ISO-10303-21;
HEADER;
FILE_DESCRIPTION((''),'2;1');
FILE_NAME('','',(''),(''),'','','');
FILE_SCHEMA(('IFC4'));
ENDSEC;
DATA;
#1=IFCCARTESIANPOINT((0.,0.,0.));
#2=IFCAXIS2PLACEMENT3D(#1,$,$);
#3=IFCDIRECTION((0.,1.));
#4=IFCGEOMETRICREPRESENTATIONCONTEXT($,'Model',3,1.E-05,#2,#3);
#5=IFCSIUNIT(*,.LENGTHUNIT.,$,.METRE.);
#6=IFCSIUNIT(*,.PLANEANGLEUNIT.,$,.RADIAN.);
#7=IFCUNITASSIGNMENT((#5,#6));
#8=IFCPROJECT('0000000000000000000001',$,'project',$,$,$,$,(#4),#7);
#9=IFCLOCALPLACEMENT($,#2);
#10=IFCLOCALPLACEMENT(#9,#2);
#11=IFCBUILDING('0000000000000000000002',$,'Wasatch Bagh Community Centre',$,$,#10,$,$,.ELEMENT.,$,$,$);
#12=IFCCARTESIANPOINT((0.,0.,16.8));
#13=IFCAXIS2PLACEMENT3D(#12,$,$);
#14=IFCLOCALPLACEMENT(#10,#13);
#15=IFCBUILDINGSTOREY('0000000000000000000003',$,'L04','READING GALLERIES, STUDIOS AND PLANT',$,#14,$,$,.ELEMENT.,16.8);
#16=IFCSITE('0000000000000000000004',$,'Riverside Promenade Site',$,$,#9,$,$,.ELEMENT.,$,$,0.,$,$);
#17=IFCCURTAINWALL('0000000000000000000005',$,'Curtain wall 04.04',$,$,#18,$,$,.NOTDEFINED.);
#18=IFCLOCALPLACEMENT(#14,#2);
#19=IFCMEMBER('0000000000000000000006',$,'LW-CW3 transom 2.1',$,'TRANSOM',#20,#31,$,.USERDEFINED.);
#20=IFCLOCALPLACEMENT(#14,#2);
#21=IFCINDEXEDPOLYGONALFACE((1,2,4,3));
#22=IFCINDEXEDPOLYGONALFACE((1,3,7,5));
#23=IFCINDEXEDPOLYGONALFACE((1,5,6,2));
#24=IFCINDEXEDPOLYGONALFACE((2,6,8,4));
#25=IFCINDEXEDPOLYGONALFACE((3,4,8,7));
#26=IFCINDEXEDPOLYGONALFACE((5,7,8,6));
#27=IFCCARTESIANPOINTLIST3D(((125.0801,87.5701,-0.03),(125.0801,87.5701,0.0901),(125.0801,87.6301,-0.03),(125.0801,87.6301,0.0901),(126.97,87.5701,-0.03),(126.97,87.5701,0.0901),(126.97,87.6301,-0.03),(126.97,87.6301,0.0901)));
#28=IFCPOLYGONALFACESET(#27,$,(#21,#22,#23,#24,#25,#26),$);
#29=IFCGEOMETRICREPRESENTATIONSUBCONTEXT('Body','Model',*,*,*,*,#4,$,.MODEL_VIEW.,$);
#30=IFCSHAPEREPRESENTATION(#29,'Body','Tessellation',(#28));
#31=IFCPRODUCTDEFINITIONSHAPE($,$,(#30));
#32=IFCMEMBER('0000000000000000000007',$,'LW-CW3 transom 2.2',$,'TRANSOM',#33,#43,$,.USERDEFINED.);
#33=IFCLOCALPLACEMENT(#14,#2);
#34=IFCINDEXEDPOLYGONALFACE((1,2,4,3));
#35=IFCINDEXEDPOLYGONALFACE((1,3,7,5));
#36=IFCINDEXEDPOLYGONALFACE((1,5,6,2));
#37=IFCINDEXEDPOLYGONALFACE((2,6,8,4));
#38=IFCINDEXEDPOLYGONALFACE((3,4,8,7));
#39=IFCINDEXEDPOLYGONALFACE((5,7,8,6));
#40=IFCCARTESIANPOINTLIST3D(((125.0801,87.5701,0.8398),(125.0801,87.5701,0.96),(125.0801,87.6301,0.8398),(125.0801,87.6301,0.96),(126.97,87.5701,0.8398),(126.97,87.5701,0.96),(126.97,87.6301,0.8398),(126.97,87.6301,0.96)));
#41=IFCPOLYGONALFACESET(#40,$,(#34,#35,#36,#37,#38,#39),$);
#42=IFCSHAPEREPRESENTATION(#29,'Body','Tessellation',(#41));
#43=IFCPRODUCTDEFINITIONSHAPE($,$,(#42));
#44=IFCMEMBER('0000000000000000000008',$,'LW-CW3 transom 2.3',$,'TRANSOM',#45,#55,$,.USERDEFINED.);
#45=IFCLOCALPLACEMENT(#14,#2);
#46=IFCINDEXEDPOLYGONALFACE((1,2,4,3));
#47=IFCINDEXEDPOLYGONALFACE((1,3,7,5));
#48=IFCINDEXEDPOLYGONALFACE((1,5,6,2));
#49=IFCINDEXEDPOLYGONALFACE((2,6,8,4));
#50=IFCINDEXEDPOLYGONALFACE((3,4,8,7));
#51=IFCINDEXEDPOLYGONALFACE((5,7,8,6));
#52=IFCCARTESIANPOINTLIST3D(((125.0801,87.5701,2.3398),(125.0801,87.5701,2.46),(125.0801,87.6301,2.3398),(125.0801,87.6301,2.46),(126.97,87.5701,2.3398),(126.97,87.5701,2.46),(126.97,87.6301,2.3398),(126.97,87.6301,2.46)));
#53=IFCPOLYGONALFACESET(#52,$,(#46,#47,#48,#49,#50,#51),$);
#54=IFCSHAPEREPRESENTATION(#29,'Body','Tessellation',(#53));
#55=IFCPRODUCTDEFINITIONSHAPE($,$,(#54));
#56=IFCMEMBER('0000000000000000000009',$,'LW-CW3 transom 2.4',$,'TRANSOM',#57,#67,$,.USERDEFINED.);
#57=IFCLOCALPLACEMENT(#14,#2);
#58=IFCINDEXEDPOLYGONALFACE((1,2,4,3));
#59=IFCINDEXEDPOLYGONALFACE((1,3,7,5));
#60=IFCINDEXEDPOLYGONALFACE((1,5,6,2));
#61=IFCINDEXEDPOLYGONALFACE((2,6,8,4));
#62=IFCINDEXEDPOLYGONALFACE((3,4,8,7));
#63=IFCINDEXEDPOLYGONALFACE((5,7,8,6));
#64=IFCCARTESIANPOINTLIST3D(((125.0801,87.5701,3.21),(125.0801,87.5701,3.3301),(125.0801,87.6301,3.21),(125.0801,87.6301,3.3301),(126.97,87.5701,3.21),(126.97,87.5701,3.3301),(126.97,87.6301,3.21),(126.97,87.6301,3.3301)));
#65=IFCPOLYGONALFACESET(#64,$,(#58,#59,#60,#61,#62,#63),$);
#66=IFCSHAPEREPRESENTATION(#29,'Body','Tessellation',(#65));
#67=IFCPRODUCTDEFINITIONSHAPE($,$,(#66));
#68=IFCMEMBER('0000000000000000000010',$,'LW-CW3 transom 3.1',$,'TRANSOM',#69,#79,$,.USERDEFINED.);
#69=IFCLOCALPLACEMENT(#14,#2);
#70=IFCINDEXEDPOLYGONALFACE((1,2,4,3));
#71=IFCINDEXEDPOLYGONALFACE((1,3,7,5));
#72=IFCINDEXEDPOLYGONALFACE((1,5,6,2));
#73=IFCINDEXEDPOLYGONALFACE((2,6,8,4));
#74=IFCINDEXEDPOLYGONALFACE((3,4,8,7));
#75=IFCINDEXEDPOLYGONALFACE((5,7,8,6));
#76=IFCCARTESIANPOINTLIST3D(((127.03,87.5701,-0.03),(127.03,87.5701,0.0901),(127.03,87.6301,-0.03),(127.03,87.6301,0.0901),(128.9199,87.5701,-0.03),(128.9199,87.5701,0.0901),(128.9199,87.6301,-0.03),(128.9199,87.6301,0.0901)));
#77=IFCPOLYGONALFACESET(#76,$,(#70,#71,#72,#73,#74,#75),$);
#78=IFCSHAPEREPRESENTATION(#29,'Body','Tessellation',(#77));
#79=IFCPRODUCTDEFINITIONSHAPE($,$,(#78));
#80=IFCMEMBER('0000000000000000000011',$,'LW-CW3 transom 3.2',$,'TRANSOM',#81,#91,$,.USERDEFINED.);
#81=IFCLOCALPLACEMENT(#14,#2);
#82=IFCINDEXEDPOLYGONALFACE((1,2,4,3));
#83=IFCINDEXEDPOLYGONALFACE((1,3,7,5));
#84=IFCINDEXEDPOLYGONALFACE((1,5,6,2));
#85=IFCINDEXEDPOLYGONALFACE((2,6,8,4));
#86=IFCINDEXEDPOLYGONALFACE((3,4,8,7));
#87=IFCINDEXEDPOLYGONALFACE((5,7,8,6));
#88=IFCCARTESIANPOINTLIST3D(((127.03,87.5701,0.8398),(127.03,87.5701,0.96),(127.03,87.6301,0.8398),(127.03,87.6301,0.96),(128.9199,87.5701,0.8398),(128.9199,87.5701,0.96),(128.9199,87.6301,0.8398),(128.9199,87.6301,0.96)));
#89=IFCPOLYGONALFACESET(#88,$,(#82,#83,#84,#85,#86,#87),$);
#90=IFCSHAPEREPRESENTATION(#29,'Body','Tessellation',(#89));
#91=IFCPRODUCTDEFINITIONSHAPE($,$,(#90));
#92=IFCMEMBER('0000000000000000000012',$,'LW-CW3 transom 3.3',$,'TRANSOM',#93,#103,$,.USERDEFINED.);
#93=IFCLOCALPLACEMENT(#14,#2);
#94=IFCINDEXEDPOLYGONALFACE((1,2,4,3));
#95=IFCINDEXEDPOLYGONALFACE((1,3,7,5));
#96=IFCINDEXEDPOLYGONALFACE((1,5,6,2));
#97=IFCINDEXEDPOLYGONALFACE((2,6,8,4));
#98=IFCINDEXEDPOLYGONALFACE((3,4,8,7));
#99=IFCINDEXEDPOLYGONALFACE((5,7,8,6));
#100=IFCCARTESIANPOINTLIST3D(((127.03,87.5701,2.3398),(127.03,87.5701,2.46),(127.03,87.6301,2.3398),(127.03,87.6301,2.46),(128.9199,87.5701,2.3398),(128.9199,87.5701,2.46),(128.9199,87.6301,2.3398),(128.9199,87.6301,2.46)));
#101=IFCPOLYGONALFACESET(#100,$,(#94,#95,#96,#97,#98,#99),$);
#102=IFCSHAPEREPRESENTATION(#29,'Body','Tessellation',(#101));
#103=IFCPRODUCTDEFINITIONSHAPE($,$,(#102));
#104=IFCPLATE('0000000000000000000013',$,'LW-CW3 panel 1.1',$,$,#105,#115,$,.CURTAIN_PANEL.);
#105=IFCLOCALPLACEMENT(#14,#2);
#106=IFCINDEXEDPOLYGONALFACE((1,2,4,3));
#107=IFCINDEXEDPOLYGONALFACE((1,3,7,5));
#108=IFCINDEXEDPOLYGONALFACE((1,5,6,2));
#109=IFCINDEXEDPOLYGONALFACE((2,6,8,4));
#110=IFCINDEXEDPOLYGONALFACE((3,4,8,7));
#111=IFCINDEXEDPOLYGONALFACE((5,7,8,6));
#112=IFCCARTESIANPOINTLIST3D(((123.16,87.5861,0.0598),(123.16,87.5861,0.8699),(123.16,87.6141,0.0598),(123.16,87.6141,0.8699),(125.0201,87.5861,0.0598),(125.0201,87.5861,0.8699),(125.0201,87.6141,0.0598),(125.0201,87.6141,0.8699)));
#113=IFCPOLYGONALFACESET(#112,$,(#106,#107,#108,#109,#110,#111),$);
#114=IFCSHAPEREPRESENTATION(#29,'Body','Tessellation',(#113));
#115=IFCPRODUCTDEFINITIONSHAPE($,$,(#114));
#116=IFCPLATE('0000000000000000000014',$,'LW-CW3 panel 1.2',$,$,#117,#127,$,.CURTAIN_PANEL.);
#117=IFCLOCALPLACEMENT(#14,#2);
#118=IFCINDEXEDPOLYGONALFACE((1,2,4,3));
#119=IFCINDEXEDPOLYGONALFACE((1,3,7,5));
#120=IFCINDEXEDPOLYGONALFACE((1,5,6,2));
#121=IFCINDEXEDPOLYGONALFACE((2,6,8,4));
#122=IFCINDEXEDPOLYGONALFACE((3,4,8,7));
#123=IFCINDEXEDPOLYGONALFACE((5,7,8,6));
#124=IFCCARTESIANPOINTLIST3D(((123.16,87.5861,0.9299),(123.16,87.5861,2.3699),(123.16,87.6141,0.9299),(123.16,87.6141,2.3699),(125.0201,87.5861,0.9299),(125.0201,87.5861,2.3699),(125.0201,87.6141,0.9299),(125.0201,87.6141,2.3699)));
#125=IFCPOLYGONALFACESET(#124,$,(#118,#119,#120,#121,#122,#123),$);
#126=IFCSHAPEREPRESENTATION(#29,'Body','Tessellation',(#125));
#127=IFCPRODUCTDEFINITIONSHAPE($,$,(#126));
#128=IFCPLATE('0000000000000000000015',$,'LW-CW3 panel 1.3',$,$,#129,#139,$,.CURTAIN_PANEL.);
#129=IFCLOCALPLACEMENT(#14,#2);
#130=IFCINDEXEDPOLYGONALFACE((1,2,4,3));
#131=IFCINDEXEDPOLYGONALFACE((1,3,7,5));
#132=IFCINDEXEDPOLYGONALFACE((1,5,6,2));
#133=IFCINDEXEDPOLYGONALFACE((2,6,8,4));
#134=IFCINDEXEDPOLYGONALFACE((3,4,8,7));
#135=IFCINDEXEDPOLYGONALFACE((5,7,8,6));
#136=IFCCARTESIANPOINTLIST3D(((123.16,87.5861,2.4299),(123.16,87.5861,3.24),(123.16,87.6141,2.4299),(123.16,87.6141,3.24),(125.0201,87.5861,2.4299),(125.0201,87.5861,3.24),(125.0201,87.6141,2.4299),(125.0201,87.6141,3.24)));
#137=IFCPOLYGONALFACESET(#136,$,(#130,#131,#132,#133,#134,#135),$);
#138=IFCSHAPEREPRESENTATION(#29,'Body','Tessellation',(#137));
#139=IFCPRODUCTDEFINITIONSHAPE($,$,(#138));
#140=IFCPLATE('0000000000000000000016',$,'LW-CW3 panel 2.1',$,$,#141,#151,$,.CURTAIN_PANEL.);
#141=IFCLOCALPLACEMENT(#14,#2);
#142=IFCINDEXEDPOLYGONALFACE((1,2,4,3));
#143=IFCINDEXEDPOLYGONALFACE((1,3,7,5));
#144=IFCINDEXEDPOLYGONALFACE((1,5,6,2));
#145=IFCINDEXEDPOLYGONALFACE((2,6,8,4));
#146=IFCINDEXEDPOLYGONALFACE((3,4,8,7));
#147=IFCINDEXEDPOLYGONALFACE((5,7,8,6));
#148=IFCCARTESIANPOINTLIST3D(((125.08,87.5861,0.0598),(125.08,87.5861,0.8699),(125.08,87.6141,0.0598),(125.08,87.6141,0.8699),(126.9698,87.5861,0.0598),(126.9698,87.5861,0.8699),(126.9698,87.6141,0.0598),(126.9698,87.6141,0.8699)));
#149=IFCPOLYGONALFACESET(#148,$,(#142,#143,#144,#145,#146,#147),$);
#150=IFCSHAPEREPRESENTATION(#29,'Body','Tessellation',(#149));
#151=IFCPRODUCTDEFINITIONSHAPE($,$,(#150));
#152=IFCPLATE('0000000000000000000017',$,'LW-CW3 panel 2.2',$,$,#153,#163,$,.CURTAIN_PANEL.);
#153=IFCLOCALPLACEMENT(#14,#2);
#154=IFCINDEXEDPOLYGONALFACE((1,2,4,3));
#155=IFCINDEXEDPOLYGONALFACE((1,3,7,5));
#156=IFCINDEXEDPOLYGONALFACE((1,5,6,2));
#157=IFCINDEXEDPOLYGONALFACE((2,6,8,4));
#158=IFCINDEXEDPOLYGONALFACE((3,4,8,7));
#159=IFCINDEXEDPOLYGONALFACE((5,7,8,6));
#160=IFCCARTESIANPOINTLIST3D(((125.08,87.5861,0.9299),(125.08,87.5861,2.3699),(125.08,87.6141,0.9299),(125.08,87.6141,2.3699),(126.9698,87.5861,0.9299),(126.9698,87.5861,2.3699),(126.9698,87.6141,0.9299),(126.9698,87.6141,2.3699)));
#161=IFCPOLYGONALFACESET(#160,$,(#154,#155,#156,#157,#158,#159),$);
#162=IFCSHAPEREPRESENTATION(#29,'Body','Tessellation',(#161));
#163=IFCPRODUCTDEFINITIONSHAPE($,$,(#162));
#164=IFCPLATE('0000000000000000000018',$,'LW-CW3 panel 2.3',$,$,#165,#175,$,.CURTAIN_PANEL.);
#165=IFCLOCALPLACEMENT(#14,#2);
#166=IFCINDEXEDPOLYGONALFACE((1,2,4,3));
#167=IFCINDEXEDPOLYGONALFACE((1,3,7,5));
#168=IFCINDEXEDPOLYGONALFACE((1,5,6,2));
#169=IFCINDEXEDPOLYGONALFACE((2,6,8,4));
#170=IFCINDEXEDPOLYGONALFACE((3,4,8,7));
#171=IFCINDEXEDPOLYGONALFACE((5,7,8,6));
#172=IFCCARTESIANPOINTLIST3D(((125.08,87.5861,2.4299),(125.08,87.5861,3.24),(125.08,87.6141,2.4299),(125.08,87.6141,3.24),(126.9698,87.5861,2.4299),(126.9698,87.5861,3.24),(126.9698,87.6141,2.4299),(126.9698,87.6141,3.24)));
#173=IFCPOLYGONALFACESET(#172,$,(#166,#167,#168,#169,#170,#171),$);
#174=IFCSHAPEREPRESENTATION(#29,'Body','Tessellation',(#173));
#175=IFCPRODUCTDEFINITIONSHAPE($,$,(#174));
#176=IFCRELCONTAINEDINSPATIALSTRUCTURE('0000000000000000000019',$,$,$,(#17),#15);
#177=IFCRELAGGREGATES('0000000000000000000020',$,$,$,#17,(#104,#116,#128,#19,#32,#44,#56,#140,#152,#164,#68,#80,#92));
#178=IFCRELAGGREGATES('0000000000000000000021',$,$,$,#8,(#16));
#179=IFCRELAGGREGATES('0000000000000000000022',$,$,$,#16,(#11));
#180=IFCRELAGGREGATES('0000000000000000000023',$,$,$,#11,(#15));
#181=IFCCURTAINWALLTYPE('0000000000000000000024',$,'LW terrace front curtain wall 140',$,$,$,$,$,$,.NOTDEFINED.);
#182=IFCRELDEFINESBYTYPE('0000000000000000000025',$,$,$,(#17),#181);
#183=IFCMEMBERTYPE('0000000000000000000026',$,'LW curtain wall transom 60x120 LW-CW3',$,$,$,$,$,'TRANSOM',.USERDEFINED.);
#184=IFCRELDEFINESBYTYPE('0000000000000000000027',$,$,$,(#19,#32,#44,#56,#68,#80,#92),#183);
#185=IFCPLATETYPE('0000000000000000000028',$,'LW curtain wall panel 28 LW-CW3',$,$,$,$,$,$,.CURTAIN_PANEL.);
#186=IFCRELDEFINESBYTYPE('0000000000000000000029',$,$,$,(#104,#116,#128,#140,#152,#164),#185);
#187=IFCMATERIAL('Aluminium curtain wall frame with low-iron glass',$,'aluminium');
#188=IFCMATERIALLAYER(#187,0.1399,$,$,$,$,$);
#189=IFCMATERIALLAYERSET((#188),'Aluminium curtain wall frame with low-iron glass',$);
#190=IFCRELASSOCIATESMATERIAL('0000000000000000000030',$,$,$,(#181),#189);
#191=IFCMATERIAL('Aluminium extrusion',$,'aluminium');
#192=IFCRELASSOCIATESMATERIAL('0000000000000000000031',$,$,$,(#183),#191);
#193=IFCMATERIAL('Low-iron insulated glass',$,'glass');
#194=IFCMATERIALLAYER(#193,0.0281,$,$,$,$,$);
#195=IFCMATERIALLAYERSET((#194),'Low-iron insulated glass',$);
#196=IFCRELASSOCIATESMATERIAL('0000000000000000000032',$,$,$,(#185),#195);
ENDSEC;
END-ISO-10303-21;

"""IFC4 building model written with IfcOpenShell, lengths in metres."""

from ifc_helpers import new_model, si_unit, direction, frame, origin, origin_2d, place, context, subcontext, project, spatial, rectangle, extrude, material, layer, layer_set, material_profile, profile_set, type_object, element, aggregate, save


model = new_model("IFC4")

# Units and contexts
model_context = context("Model", 3, precision=1e-05, world=origin(), true_north=direction((0.0, 1.0)))
body_context = subcontext(model_context, "Body", "Model", "MODEL_VIEW")
ifc_project = project(units=[si_unit("LENGTHUNIT", "METRE"), si_unit("PLANEANGLEUNIT", "RADIAN")], contexts=[model_context])

# Site, building, storey
site_placement = place(None, origin())
site = spatial("IfcSite", under=ifc_project, at=site_placement, Name="Riverside Promenade Site", CompositionType="ELEMENT", RefElevation=0.0)
building_placement = place(site_placement, origin())
building = spatial("IfcBuilding", under=site, at=building_placement, Name="Wasatch Bagh Community Centre", CompositionType="ELEMENT")
storey_placement = place(building_placement, frame((0.0, 0.0, 16.8)))
storey = spatial("IfcBuildingStorey", under=building, at=storey_placement, Name="L04", Description="READING GALLERIES, STUDIOS AND PLANT", CompositionType="ELEMENT", Elevation=16.8)

# Curtain wall, members, plates
ifc_material_1 = material(Name="Aluminium curtain wall frame with low-iron glass", Category="aluminium")
ifc_layer_1 = layer(ifc_material_1, 0.1399)
ifc_layer_set_1 = layer_set([ifc_layer_1], Name="Aluminium curtain wall frame with low-iron glass")
curtain_wall_type = type_object("IfcCurtainWallType", Name="LW terrace front curtain wall 140", PredefinedType="NOTDEFINED", material=ifc_layer_set_1)
curtain_wall_placement = place(storey_placement, origin())
curtain_wall = element("IfcCurtainWall", 1, at=curtain_wall_placement, inside=storey, type_object=curtain_wall_type, Name="Curtain wall 04.04", PredefinedType="NOTDEFINED")
ifc_material_2 = material(Name="Aluminium extrusion", Category="aluminium")
ifc_material_profile_1 = material_profile(ifc_material_2, rectangle(XDim=0.0601, YDim=0.1201, at=origin_2d()), Name="AL 60x120")
ifc_profile_set_1 = profile_set([ifc_material_profile_1], Name="Aluminium extrusion")
member_type_1 = type_object("IfcMemberType", Name="LW curtain wall transom 60x120 LW-CW3", ElementType="TRANSOM", PredefinedType="USERDEFINED", material=ifc_profile_set_1)
member_1_placement = place(storey_placement, frame((125.0801, 87.6001, 0.03), z_axis=(1.0, 0.0, 0.0), x_axis=(0.0, 1.0, 0.0)))
member_1 = element("IfcMember", 2, at=member_1_placement, type_object=member_type_1, Name="LW-CW3 transom 2.1", ObjectType="TRANSOM", PredefinedType="USERDEFINED", context=body_context, shape_type="SweptSolid", body=[
    extrude(rectangle(XDim=0.0601, YDim=0.1201, at=origin_2d()), origin(), (0.0, 0.0, 1.0), 1.8899),
])
member_2_placement = place(storey_placement, frame((125.0801, 87.6001, 0.8999), z_axis=(1.0, 0.0, 0.0), x_axis=(0.0, 1.0, 0.0)))
member_2 = element("IfcMember", 3, at=member_2_placement, type_object=member_type_1, Name="LW-CW3 transom 2.2", ObjectType="TRANSOM", PredefinedType="USERDEFINED", context=body_context, shape_type="SweptSolid", body=[
    extrude(rectangle(XDim=0.0601, YDim=0.1201, at=origin_2d()), origin(), (0.0, 0.0, 1.0), 1.8899),
])
member_3_placement = place(storey_placement, frame((125.0801, 87.6001, 2.3999), z_axis=(1.0, 0.0, 0.0), x_axis=(0.0, 1.0, 0.0)))
member_3 = element("IfcMember", 4, at=member_3_placement, type_object=member_type_1, Name="LW-CW3 transom 2.3", ObjectType="TRANSOM", PredefinedType="USERDEFINED", context=body_context, shape_type="SweptSolid", body=[
    extrude(rectangle(XDim=0.0601, YDim=0.1201, at=origin_2d()), origin(), (0.0, 0.0, 1.0), 1.8899),
])
member_4_placement = place(storey_placement, frame((125.0801, 87.6001, 3.27), z_axis=(1.0, 0.0, 0.0), x_axis=(0.0, 1.0, 0.0)))
member_4 = element("IfcMember", 5, at=member_4_placement, type_object=member_type_1, Name="LW-CW3 transom 2.4", ObjectType="TRANSOM", PredefinedType="USERDEFINED", context=body_context, shape_type="SweptSolid", body=[
    extrude(rectangle(XDim=0.0601, YDim=0.1201, at=origin_2d()), origin(), (0.0, 0.0, 1.0), 1.8899),
])
member_5_placement = place(storey_placement, frame((127.03, 87.6001, 0.03), z_axis=(1.0, 0.0, 0.0), x_axis=(0.0, 1.0, 0.0)))
member_5 = element("IfcMember", 6, at=member_5_placement, type_object=member_type_1, Name="LW-CW3 transom 3.1", ObjectType="TRANSOM", PredefinedType="USERDEFINED", context=body_context, shape_type="SweptSolid", body=[
    extrude(rectangle(XDim=0.0601, YDim=0.1201, at=origin_2d()), origin(), (0.0, 0.0, 1.0), 1.8899),
])
member_6_placement = place(storey_placement, frame((127.03, 87.6001, 0.8999), z_axis=(1.0, 0.0, 0.0), x_axis=(0.0, 1.0, 0.0)))
member_6 = element("IfcMember", 7, at=member_6_placement, type_object=member_type_1, Name="LW-CW3 transom 3.2", ObjectType="TRANSOM", PredefinedType="USERDEFINED", context=body_context, shape_type="SweptSolid", body=[
    extrude(rectangle(XDim=0.0601, YDim=0.1201, at=origin_2d()), origin(), (0.0, 0.0, 1.0), 1.8899),
])
member_7_placement = place(storey_placement, frame((127.03, 87.6001, 2.3999), z_axis=(1.0, 0.0, 0.0), x_axis=(0.0, 1.0, 0.0)))
member_7 = element("IfcMember", 8, at=member_7_placement, type_object=member_type_1, Name="LW-CW3 transom 3.3", ObjectType="TRANSOM", PredefinedType="USERDEFINED", context=body_context, shape_type="SweptSolid", body=[
    extrude(rectangle(XDim=0.0601, YDim=0.1201, at=origin_2d()), origin(), (0.0, 0.0, 1.0), 1.8899),
])
ifc_material_3 = material(Name="Low-iron insulated glass", Category="glass")
ifc_layer_2 = layer(ifc_material_3, 0.0281)
ifc_layer_set_2 = layer_set([ifc_layer_2], Name="Low-iron insulated glass")
plate_type = type_object("IfcPlateType", Name="LW curtain wall panel 28 LW-CW3", PredefinedType="CURTAIN_PANEL", material=ifc_layer_set_2)
plate_1_placement = place(storey_placement, frame((124.0901, 87.6001, 0.0598), z_axis=(0.0, 0.0, 1.0), x_axis=(1.0, 0.0, 0.0)))
plate_1 = element("IfcPlate", 9, at=plate_1_placement, type_object=plate_type, Name="LW-CW3 panel 1.1", PredefinedType="CURTAIN_PANEL", context=body_context, shape_type="SweptSolid", body=[
    extrude(rectangle(XDim=1.8601, YDim=0.0281, at=origin_2d()), origin(), (0.0, 0.0, 1.0), 0.8101),
])
plate_2_placement = place(storey_placement, frame((124.0901, 87.6001, 0.9299), z_axis=(0.0, 0.0, 1.0), x_axis=(1.0, 0.0, 0.0)))
plate_2 = element("IfcPlate", 10, at=plate_2_placement, type_object=plate_type, Name="LW-CW3 panel 1.2", PredefinedType="CURTAIN_PANEL", context=body_context, shape_type="SweptSolid", body=[
    extrude(rectangle(XDim=1.8601, YDim=0.0281, at=origin_2d()), origin(), (0.0, 0.0, 1.0), 1.4399),
])
plate_3_placement = place(storey_placement, frame((124.0901, 87.6001, 2.4299), z_axis=(0.0, 0.0, 1.0), x_axis=(1.0, 0.0, 0.0)))
plate_3 = element("IfcPlate", 11, at=plate_3_placement, type_object=plate_type, Name="LW-CW3 panel 1.3", PredefinedType="CURTAIN_PANEL", context=body_context, shape_type="SweptSolid", body=[
    extrude(rectangle(XDim=1.8601, YDim=0.0281, at=origin_2d()), origin(), (0.0, 0.0, 1.0), 0.8101),
])
plate_4_placement = place(storey_placement, frame((126.0249, 87.6001, 0.0598), z_axis=(0.0, 0.0, 1.0), x_axis=(1.0, 0.0, 0.0)))
plate_4 = element("IfcPlate", 12, at=plate_4_placement, type_object=plate_type, Name="LW-CW3 panel 2.1", PredefinedType="CURTAIN_PANEL", context=body_context, shape_type="SweptSolid", body=[
    extrude(rectangle(XDim=1.8899, YDim=0.0281, at=origin_2d()), origin(), (0.0, 0.0, 1.0), 0.8101),
])
plate_5_placement = place(storey_placement, frame((126.0249, 87.6001, 0.9299), z_axis=(0.0, 0.0, 1.0), x_axis=(1.0, 0.0, 0.0)))
plate_5 = element("IfcPlate", 13, at=plate_5_placement, type_object=plate_type, Name="LW-CW3 panel 2.2", PredefinedType="CURTAIN_PANEL", context=body_context, shape_type="SweptSolid", body=[
    extrude(rectangle(XDim=1.8899, YDim=0.0281, at=origin_2d()), origin(), (0.0, 0.0, 1.0), 1.4399),
])
plate_6_placement = place(storey_placement, frame((126.0249, 87.6001, 2.4299), z_axis=(0.0, 0.0, 1.0), x_axis=(1.0, 0.0, 0.0)))
plate_6 = element("IfcPlate", 14, at=plate_6_placement, type_object=plate_type, Name="LW-CW3 panel 2.3", PredefinedType="CURTAIN_PANEL", context=body_context, shape_type="SweptSolid", body=[
    extrude(rectangle(XDim=1.8899, YDim=0.0281, at=origin_2d()), origin(), (0.0, 0.0, 1.0), 0.8101),
])
aggregate(curtain_wall, [plate_1, plate_2, plate_3, member_1, member_2, member_3, member_4, plate_4, plate_5, plate_6, member_5, member_6, member_7])

save(model, "model.ifc")
